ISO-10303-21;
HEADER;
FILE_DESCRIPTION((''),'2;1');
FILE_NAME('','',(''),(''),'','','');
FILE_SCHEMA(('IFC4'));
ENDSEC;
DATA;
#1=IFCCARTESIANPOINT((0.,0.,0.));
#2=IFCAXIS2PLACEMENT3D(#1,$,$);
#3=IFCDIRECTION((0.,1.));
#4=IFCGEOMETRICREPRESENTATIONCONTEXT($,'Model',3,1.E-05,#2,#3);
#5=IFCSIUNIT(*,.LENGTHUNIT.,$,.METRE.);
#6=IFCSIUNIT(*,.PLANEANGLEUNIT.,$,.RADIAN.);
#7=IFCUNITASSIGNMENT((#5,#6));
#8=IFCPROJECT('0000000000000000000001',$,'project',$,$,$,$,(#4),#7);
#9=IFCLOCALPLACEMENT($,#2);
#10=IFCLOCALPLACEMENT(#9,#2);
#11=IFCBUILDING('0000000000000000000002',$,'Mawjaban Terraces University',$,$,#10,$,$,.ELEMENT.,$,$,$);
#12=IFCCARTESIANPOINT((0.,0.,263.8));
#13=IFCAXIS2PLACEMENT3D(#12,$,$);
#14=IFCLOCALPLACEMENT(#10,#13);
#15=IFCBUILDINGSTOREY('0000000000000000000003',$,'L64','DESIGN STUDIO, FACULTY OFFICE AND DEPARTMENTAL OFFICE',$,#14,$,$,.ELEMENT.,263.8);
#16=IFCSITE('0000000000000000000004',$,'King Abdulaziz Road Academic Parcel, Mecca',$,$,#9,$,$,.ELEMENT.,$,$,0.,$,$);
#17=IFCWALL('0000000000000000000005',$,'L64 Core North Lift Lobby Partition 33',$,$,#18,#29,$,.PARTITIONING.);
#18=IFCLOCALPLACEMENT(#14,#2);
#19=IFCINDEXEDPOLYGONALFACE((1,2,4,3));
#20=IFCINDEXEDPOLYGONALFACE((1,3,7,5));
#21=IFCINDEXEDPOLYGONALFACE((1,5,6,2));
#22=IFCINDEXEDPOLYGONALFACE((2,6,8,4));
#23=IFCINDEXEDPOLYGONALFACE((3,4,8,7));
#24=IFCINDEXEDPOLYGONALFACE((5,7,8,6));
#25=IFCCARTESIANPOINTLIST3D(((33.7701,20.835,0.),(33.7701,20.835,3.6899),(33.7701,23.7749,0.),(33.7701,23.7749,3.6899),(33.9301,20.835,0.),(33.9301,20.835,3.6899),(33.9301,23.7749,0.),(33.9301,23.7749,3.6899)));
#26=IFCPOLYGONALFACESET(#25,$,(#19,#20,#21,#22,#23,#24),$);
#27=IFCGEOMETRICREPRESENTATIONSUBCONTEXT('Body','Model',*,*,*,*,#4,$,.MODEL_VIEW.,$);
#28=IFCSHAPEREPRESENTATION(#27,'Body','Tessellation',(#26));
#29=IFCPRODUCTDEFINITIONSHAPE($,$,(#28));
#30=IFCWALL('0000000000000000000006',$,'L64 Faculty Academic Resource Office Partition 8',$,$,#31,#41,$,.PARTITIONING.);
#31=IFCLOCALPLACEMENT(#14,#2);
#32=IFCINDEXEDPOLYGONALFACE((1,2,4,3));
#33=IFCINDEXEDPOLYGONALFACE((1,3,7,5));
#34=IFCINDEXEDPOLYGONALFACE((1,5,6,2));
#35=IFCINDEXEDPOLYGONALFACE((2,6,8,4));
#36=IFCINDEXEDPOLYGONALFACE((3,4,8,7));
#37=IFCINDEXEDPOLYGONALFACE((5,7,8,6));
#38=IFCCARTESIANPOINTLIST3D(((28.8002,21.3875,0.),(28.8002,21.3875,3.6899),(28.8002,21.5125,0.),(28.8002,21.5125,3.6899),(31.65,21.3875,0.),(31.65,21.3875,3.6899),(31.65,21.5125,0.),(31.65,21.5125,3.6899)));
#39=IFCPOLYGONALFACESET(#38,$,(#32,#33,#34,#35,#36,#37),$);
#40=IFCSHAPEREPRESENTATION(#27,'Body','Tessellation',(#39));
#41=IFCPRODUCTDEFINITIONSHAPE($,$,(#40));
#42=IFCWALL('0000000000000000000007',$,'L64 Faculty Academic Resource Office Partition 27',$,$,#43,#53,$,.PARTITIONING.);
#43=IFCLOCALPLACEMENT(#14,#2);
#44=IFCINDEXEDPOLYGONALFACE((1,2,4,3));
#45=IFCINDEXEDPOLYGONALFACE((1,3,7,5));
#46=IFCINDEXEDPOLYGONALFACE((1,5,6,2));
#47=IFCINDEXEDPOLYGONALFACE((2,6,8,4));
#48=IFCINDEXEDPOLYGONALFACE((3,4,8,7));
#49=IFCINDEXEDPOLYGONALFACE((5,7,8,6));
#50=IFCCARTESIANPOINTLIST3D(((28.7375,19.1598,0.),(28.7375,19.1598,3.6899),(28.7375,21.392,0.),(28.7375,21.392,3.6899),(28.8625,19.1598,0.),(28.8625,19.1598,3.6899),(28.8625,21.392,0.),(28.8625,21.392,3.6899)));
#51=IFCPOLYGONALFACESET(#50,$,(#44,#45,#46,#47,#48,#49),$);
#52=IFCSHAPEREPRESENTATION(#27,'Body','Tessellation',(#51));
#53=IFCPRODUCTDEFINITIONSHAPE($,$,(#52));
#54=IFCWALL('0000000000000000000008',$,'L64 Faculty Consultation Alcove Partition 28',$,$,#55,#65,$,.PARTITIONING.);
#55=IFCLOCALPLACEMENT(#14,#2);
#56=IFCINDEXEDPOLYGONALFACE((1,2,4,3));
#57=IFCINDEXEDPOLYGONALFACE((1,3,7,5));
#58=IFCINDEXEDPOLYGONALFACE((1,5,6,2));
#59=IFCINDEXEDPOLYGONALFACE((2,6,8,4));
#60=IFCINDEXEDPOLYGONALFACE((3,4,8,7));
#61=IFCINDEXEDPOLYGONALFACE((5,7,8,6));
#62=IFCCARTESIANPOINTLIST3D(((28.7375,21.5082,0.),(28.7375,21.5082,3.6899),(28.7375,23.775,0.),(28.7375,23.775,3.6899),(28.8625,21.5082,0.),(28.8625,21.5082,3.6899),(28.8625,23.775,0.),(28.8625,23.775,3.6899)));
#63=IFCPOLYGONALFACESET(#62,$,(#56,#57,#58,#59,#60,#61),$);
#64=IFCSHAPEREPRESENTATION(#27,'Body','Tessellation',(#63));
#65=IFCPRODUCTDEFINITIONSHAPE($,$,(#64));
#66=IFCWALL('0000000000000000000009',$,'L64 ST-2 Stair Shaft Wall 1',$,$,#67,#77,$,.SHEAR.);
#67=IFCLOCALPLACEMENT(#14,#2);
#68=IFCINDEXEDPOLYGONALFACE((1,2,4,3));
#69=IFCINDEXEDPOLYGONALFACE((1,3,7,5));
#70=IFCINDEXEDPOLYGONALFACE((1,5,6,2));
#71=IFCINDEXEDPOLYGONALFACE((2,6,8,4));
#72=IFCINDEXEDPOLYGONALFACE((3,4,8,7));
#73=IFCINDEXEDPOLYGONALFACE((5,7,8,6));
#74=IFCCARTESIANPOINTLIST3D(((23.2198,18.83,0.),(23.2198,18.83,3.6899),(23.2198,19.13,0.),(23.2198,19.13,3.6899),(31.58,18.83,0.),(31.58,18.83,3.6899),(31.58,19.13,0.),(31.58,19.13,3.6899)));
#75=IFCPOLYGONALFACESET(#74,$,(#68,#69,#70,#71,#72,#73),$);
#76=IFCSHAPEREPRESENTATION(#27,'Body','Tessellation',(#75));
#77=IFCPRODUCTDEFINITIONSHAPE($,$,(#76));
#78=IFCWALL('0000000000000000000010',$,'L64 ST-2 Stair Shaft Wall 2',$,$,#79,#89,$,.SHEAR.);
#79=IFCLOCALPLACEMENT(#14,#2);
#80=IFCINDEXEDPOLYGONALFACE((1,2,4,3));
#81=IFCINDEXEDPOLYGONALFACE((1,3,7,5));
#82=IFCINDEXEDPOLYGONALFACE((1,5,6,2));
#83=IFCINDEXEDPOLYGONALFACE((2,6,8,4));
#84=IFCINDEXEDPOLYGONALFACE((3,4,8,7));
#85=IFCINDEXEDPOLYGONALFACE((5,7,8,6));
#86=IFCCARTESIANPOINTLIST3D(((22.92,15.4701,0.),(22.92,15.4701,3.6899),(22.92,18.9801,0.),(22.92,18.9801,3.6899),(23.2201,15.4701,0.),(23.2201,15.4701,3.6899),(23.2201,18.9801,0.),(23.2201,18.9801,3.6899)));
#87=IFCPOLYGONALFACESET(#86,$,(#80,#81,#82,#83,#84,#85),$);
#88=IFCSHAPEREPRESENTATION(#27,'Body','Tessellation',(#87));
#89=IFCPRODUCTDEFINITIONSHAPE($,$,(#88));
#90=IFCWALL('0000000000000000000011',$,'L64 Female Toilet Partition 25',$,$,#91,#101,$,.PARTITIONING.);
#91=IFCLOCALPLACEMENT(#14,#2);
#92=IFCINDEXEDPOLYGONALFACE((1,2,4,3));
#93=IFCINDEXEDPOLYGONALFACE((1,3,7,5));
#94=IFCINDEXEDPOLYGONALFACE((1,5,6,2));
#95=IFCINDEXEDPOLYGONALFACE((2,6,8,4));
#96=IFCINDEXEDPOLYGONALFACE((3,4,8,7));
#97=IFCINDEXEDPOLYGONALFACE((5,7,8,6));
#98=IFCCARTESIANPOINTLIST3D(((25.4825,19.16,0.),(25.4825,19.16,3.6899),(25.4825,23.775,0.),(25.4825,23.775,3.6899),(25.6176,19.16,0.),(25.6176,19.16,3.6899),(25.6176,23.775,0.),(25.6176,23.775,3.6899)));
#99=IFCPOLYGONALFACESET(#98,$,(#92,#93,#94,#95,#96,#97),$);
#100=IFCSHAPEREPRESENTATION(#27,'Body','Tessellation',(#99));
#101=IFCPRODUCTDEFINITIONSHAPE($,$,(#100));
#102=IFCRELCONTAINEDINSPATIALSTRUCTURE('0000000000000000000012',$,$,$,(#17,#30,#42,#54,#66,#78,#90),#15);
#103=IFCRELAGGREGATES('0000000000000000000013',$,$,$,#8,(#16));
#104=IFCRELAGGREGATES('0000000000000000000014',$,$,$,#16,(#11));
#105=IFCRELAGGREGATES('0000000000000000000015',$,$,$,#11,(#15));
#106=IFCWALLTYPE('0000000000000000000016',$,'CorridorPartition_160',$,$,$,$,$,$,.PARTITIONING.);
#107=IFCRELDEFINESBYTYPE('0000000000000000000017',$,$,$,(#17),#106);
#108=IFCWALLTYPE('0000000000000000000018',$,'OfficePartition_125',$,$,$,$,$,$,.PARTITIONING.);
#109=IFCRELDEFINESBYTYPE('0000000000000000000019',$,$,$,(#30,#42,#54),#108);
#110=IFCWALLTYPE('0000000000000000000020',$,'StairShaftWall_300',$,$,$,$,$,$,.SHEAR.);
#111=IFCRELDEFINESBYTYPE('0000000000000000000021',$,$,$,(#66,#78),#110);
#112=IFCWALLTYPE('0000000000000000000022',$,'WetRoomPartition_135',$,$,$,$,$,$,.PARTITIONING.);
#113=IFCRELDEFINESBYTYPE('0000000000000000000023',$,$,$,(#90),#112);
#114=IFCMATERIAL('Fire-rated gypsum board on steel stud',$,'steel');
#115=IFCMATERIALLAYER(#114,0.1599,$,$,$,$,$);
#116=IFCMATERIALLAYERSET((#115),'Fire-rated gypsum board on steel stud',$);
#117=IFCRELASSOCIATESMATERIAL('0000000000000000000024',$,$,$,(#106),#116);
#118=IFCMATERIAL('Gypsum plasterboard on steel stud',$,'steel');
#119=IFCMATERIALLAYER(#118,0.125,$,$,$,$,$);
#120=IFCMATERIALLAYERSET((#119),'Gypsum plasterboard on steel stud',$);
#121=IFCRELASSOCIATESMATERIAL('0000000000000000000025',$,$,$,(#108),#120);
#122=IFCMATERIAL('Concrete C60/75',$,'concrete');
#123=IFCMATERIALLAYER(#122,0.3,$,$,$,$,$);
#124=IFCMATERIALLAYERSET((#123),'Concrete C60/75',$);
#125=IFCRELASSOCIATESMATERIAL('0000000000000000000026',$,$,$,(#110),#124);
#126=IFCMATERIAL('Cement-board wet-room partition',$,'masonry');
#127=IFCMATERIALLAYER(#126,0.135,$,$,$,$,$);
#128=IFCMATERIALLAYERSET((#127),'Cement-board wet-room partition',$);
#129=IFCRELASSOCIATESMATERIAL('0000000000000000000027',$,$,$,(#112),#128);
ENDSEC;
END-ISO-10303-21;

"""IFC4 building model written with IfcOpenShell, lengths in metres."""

from ifc_helpers import new_model, si_unit, direction, frame, frame_2d, origin, place, context, subcontext, project, spatial, rectangle, extrude, material, layer, layer_set, type_object, element, save


model = new_model("IFC4")

# Units and contexts
model_context = context("Model", 3, precision=1e-05, world=origin(), true_north=direction((0.0, 1.0)))
body_context = subcontext(model_context, "Body", "Model", "MODEL_VIEW")
ifc_project = project(units=[si_unit("LENGTHUNIT", "METRE"), si_unit("PLANEANGLEUNIT", "RADIAN")], contexts=[model_context])

# Site, building, storey
site_placement = place(None, origin())
site = spatial("IfcSite", under=ifc_project, at=site_placement, Name="King Abdulaziz Road Academic Parcel, Mecca", CompositionType="ELEMENT", RefElevation=0.0)
building_placement = place(site_placement, origin())
building = spatial("IfcBuilding", under=site, at=building_placement, Name="Mawjaban Terraces University", CompositionType="ELEMENT")
storey_placement = place(building_placement, frame((0.0, 0.0, 263.8)))
storey = spatial("IfcBuildingStorey", under=building, at=storey_placement, Name="L64", Description="DESIGN STUDIO, FACULTY OFFICE AND DEPARTMENTAL OFFICE", CompositionType="ELEMENT", Elevation=263.8)

# Shared definitions
ifc_material_1 = material(Name="Fire-rated gypsum board on steel stud", Category="steel")
ifc_layer_1 = layer(ifc_material_1, 0.1599)
ifc_layer_set_1 = layer_set([ifc_layer_1], Name="Fire-rated gypsum board on steel stud")
wall_type_1 = type_object("IfcWallType", Name="CorridorPartition_160", PredefinedType="PARTITIONING", material=ifc_layer_set_1)

# Walls
wall_1_placement = place(storey_placement, frame((33.8501, 20.835, 0.0), z_axis=(0.0, 0.0, 1.0), x_axis=(0.0, 1.0, 0.0)))
element("IfcWall", 1, at=wall_1_placement, inside=storey, type_object=wall_type_1, Name="L64 Core North Lift Lobby Partition 33", PredefinedType="PARTITIONING", context=body_context, shape_type="SweptSolid", body=[
    extrude(rectangle(XDim=2.9399, YDim=0.1599, at=frame_2d((1.47, 0.0))), origin(), (0.0, 0.0, 1.0), 3.6899),
])
ifc_material_2 = material(Name="Gypsum plasterboard on steel stud", Category="steel")
ifc_layer_2 = layer(ifc_material_2, 0.125)
ifc_layer_set_2 = layer_set([ifc_layer_2], Name="Gypsum plasterboard on steel stud")
wall_type_2 = type_object("IfcWallType", Name="OfficePartition_125", PredefinedType="PARTITIONING", material=ifc_layer_set_2)
wall_2_placement = place(storey_placement, frame((31.6499, 21.45, 0.0), z_axis=(0.0, 0.0, 1.0), x_axis=(-1.0, 0.0, 0.0)))
element("IfcWall", 2, at=wall_2_placement, inside=storey, type_object=wall_type_2, Name="L64 Faculty Academic Resource Office Partition 8", PredefinedType="PARTITIONING", context=body_context, shape_type="SweptSolid", body=[
    extrude(rectangle(XDim=2.8499, YDim=0.125, at=frame_2d((1.4248, 0.0))), origin(), (0.0, 0.0, 1.0), 3.6899),
])
wall_3_placement = place(storey_placement, frame((28.8, 21.3921, 0.0), z_axis=(0.0, 0.0, 1.0), x_axis=(0.0, -1.0, 0.0)))
element("IfcWall", 3, at=wall_3_placement, inside=storey, type_object=wall_type_2, Name="L64 Faculty Academic Resource Office Partition 27", PredefinedType="PARTITIONING", context=body_context, shape_type="SweptSolid", body=[
    extrude(rectangle(XDim=2.2322, YDim=0.125, at=frame_2d((1.1162, 0.0))), origin(), (0.0, 0.0, 1.0), 3.6899),
])
wall_4_placement = place(storey_placement, frame((28.8, 23.7749, 0.0), z_axis=(0.0, 0.0, 1.0), x_axis=(0.0, -1.0, 0.0)))
element("IfcWall", 4, at=wall_4_placement, inside=storey, type_object=wall_type_2, Name="L64 Faculty Consultation Alcove Partition 28", PredefinedType="PARTITIONING", context=body_context, shape_type="SweptSolid", body=[
    extrude(rectangle(XDim=2.2668, YDim=0.125, at=frame_2d((1.1333, 0.0))), origin(), (0.0, 0.0, 1.0), 3.6899),
])
ifc_material_3 = material(Name="Concrete C60/75", Category="concrete")
ifc_layer_3 = layer(ifc_material_3, 0.3)
ifc_layer_set_3 = layer_set([ifc_layer_3], Name="Concrete C60/75")
wall_type_3 = type_object("IfcWallType", Name="StairShaftWall_300", PredefinedType="SHEAR", material=ifc_layer_set_3)
wall_5_placement = place(storey_placement, frame((31.5801, 18.98, 0.0), z_axis=(0.0, 0.0, 1.0), x_axis=(-1.0, 0.0, 0.0)))
element("IfcWall", 5, at=wall_5_placement, inside=storey, type_object=wall_type_3, Name="L64 ST-2 Stair Shaft Wall 1", PredefinedType="SHEAR", context=body_context, shape_type="SweptSolid", body=[
    extrude(rectangle(XDim=8.3601, YDim=0.3, at=frame_2d((4.1802, 0.0))), origin(), (0.0, 0.0, 1.0), 3.6899),
])
wall_6_placement = place(storey_placement, frame((23.0701, 18.98, 0.0), z_axis=(0.0, 0.0, 1.0), x_axis=(0.0, -1.0, 0.0)))
element("IfcWall", 6, at=wall_6_placement, inside=storey, type_object=wall_type_3, Name="L64 ST-2 Stair Shaft Wall 2", PredefinedType="SHEAR", context=body_context, shape_type="SweptSolid", body=[
    extrude(rectangle(XDim=3.51, YDim=0.3, at=frame_2d((1.7549, 0.0))), origin(), (0.0, 0.0, 1.0), 3.6899),
])
ifc_material_4 = material(Name="Cement-board wet-room partition", Category="masonry")
ifc_layer_4 = layer(ifc_material_4, 0.135)
ifc_layer_set_4 = layer_set([ifc_layer_4], Name="Cement-board wet-room partition")
wall_type_4 = type_object("IfcWallType", Name="WetRoomPartition_135", PredefinedType="PARTITIONING", material=ifc_layer_set_4)
wall_7_placement = place(storey_placement, frame((25.55, 19.1599, 0.0), z_axis=(0.0, 0.0, 1.0), x_axis=(0.0, 1.0, 0.0)))
element("IfcWall", 7, at=wall_7_placement, inside=storey, type_object=wall_type_4, Name="L64 Female Toilet Partition 25", PredefinedType="PARTITIONING", context=body_context, shape_type="SweptSolid", body=[
    extrude(rectangle(XDim=4.615, YDim=0.135, at=frame_2d((2.3076, 0.0))), origin(), (0.0, 0.0, 1.0), 3.6899),
])

save(model, "model.ifc")
